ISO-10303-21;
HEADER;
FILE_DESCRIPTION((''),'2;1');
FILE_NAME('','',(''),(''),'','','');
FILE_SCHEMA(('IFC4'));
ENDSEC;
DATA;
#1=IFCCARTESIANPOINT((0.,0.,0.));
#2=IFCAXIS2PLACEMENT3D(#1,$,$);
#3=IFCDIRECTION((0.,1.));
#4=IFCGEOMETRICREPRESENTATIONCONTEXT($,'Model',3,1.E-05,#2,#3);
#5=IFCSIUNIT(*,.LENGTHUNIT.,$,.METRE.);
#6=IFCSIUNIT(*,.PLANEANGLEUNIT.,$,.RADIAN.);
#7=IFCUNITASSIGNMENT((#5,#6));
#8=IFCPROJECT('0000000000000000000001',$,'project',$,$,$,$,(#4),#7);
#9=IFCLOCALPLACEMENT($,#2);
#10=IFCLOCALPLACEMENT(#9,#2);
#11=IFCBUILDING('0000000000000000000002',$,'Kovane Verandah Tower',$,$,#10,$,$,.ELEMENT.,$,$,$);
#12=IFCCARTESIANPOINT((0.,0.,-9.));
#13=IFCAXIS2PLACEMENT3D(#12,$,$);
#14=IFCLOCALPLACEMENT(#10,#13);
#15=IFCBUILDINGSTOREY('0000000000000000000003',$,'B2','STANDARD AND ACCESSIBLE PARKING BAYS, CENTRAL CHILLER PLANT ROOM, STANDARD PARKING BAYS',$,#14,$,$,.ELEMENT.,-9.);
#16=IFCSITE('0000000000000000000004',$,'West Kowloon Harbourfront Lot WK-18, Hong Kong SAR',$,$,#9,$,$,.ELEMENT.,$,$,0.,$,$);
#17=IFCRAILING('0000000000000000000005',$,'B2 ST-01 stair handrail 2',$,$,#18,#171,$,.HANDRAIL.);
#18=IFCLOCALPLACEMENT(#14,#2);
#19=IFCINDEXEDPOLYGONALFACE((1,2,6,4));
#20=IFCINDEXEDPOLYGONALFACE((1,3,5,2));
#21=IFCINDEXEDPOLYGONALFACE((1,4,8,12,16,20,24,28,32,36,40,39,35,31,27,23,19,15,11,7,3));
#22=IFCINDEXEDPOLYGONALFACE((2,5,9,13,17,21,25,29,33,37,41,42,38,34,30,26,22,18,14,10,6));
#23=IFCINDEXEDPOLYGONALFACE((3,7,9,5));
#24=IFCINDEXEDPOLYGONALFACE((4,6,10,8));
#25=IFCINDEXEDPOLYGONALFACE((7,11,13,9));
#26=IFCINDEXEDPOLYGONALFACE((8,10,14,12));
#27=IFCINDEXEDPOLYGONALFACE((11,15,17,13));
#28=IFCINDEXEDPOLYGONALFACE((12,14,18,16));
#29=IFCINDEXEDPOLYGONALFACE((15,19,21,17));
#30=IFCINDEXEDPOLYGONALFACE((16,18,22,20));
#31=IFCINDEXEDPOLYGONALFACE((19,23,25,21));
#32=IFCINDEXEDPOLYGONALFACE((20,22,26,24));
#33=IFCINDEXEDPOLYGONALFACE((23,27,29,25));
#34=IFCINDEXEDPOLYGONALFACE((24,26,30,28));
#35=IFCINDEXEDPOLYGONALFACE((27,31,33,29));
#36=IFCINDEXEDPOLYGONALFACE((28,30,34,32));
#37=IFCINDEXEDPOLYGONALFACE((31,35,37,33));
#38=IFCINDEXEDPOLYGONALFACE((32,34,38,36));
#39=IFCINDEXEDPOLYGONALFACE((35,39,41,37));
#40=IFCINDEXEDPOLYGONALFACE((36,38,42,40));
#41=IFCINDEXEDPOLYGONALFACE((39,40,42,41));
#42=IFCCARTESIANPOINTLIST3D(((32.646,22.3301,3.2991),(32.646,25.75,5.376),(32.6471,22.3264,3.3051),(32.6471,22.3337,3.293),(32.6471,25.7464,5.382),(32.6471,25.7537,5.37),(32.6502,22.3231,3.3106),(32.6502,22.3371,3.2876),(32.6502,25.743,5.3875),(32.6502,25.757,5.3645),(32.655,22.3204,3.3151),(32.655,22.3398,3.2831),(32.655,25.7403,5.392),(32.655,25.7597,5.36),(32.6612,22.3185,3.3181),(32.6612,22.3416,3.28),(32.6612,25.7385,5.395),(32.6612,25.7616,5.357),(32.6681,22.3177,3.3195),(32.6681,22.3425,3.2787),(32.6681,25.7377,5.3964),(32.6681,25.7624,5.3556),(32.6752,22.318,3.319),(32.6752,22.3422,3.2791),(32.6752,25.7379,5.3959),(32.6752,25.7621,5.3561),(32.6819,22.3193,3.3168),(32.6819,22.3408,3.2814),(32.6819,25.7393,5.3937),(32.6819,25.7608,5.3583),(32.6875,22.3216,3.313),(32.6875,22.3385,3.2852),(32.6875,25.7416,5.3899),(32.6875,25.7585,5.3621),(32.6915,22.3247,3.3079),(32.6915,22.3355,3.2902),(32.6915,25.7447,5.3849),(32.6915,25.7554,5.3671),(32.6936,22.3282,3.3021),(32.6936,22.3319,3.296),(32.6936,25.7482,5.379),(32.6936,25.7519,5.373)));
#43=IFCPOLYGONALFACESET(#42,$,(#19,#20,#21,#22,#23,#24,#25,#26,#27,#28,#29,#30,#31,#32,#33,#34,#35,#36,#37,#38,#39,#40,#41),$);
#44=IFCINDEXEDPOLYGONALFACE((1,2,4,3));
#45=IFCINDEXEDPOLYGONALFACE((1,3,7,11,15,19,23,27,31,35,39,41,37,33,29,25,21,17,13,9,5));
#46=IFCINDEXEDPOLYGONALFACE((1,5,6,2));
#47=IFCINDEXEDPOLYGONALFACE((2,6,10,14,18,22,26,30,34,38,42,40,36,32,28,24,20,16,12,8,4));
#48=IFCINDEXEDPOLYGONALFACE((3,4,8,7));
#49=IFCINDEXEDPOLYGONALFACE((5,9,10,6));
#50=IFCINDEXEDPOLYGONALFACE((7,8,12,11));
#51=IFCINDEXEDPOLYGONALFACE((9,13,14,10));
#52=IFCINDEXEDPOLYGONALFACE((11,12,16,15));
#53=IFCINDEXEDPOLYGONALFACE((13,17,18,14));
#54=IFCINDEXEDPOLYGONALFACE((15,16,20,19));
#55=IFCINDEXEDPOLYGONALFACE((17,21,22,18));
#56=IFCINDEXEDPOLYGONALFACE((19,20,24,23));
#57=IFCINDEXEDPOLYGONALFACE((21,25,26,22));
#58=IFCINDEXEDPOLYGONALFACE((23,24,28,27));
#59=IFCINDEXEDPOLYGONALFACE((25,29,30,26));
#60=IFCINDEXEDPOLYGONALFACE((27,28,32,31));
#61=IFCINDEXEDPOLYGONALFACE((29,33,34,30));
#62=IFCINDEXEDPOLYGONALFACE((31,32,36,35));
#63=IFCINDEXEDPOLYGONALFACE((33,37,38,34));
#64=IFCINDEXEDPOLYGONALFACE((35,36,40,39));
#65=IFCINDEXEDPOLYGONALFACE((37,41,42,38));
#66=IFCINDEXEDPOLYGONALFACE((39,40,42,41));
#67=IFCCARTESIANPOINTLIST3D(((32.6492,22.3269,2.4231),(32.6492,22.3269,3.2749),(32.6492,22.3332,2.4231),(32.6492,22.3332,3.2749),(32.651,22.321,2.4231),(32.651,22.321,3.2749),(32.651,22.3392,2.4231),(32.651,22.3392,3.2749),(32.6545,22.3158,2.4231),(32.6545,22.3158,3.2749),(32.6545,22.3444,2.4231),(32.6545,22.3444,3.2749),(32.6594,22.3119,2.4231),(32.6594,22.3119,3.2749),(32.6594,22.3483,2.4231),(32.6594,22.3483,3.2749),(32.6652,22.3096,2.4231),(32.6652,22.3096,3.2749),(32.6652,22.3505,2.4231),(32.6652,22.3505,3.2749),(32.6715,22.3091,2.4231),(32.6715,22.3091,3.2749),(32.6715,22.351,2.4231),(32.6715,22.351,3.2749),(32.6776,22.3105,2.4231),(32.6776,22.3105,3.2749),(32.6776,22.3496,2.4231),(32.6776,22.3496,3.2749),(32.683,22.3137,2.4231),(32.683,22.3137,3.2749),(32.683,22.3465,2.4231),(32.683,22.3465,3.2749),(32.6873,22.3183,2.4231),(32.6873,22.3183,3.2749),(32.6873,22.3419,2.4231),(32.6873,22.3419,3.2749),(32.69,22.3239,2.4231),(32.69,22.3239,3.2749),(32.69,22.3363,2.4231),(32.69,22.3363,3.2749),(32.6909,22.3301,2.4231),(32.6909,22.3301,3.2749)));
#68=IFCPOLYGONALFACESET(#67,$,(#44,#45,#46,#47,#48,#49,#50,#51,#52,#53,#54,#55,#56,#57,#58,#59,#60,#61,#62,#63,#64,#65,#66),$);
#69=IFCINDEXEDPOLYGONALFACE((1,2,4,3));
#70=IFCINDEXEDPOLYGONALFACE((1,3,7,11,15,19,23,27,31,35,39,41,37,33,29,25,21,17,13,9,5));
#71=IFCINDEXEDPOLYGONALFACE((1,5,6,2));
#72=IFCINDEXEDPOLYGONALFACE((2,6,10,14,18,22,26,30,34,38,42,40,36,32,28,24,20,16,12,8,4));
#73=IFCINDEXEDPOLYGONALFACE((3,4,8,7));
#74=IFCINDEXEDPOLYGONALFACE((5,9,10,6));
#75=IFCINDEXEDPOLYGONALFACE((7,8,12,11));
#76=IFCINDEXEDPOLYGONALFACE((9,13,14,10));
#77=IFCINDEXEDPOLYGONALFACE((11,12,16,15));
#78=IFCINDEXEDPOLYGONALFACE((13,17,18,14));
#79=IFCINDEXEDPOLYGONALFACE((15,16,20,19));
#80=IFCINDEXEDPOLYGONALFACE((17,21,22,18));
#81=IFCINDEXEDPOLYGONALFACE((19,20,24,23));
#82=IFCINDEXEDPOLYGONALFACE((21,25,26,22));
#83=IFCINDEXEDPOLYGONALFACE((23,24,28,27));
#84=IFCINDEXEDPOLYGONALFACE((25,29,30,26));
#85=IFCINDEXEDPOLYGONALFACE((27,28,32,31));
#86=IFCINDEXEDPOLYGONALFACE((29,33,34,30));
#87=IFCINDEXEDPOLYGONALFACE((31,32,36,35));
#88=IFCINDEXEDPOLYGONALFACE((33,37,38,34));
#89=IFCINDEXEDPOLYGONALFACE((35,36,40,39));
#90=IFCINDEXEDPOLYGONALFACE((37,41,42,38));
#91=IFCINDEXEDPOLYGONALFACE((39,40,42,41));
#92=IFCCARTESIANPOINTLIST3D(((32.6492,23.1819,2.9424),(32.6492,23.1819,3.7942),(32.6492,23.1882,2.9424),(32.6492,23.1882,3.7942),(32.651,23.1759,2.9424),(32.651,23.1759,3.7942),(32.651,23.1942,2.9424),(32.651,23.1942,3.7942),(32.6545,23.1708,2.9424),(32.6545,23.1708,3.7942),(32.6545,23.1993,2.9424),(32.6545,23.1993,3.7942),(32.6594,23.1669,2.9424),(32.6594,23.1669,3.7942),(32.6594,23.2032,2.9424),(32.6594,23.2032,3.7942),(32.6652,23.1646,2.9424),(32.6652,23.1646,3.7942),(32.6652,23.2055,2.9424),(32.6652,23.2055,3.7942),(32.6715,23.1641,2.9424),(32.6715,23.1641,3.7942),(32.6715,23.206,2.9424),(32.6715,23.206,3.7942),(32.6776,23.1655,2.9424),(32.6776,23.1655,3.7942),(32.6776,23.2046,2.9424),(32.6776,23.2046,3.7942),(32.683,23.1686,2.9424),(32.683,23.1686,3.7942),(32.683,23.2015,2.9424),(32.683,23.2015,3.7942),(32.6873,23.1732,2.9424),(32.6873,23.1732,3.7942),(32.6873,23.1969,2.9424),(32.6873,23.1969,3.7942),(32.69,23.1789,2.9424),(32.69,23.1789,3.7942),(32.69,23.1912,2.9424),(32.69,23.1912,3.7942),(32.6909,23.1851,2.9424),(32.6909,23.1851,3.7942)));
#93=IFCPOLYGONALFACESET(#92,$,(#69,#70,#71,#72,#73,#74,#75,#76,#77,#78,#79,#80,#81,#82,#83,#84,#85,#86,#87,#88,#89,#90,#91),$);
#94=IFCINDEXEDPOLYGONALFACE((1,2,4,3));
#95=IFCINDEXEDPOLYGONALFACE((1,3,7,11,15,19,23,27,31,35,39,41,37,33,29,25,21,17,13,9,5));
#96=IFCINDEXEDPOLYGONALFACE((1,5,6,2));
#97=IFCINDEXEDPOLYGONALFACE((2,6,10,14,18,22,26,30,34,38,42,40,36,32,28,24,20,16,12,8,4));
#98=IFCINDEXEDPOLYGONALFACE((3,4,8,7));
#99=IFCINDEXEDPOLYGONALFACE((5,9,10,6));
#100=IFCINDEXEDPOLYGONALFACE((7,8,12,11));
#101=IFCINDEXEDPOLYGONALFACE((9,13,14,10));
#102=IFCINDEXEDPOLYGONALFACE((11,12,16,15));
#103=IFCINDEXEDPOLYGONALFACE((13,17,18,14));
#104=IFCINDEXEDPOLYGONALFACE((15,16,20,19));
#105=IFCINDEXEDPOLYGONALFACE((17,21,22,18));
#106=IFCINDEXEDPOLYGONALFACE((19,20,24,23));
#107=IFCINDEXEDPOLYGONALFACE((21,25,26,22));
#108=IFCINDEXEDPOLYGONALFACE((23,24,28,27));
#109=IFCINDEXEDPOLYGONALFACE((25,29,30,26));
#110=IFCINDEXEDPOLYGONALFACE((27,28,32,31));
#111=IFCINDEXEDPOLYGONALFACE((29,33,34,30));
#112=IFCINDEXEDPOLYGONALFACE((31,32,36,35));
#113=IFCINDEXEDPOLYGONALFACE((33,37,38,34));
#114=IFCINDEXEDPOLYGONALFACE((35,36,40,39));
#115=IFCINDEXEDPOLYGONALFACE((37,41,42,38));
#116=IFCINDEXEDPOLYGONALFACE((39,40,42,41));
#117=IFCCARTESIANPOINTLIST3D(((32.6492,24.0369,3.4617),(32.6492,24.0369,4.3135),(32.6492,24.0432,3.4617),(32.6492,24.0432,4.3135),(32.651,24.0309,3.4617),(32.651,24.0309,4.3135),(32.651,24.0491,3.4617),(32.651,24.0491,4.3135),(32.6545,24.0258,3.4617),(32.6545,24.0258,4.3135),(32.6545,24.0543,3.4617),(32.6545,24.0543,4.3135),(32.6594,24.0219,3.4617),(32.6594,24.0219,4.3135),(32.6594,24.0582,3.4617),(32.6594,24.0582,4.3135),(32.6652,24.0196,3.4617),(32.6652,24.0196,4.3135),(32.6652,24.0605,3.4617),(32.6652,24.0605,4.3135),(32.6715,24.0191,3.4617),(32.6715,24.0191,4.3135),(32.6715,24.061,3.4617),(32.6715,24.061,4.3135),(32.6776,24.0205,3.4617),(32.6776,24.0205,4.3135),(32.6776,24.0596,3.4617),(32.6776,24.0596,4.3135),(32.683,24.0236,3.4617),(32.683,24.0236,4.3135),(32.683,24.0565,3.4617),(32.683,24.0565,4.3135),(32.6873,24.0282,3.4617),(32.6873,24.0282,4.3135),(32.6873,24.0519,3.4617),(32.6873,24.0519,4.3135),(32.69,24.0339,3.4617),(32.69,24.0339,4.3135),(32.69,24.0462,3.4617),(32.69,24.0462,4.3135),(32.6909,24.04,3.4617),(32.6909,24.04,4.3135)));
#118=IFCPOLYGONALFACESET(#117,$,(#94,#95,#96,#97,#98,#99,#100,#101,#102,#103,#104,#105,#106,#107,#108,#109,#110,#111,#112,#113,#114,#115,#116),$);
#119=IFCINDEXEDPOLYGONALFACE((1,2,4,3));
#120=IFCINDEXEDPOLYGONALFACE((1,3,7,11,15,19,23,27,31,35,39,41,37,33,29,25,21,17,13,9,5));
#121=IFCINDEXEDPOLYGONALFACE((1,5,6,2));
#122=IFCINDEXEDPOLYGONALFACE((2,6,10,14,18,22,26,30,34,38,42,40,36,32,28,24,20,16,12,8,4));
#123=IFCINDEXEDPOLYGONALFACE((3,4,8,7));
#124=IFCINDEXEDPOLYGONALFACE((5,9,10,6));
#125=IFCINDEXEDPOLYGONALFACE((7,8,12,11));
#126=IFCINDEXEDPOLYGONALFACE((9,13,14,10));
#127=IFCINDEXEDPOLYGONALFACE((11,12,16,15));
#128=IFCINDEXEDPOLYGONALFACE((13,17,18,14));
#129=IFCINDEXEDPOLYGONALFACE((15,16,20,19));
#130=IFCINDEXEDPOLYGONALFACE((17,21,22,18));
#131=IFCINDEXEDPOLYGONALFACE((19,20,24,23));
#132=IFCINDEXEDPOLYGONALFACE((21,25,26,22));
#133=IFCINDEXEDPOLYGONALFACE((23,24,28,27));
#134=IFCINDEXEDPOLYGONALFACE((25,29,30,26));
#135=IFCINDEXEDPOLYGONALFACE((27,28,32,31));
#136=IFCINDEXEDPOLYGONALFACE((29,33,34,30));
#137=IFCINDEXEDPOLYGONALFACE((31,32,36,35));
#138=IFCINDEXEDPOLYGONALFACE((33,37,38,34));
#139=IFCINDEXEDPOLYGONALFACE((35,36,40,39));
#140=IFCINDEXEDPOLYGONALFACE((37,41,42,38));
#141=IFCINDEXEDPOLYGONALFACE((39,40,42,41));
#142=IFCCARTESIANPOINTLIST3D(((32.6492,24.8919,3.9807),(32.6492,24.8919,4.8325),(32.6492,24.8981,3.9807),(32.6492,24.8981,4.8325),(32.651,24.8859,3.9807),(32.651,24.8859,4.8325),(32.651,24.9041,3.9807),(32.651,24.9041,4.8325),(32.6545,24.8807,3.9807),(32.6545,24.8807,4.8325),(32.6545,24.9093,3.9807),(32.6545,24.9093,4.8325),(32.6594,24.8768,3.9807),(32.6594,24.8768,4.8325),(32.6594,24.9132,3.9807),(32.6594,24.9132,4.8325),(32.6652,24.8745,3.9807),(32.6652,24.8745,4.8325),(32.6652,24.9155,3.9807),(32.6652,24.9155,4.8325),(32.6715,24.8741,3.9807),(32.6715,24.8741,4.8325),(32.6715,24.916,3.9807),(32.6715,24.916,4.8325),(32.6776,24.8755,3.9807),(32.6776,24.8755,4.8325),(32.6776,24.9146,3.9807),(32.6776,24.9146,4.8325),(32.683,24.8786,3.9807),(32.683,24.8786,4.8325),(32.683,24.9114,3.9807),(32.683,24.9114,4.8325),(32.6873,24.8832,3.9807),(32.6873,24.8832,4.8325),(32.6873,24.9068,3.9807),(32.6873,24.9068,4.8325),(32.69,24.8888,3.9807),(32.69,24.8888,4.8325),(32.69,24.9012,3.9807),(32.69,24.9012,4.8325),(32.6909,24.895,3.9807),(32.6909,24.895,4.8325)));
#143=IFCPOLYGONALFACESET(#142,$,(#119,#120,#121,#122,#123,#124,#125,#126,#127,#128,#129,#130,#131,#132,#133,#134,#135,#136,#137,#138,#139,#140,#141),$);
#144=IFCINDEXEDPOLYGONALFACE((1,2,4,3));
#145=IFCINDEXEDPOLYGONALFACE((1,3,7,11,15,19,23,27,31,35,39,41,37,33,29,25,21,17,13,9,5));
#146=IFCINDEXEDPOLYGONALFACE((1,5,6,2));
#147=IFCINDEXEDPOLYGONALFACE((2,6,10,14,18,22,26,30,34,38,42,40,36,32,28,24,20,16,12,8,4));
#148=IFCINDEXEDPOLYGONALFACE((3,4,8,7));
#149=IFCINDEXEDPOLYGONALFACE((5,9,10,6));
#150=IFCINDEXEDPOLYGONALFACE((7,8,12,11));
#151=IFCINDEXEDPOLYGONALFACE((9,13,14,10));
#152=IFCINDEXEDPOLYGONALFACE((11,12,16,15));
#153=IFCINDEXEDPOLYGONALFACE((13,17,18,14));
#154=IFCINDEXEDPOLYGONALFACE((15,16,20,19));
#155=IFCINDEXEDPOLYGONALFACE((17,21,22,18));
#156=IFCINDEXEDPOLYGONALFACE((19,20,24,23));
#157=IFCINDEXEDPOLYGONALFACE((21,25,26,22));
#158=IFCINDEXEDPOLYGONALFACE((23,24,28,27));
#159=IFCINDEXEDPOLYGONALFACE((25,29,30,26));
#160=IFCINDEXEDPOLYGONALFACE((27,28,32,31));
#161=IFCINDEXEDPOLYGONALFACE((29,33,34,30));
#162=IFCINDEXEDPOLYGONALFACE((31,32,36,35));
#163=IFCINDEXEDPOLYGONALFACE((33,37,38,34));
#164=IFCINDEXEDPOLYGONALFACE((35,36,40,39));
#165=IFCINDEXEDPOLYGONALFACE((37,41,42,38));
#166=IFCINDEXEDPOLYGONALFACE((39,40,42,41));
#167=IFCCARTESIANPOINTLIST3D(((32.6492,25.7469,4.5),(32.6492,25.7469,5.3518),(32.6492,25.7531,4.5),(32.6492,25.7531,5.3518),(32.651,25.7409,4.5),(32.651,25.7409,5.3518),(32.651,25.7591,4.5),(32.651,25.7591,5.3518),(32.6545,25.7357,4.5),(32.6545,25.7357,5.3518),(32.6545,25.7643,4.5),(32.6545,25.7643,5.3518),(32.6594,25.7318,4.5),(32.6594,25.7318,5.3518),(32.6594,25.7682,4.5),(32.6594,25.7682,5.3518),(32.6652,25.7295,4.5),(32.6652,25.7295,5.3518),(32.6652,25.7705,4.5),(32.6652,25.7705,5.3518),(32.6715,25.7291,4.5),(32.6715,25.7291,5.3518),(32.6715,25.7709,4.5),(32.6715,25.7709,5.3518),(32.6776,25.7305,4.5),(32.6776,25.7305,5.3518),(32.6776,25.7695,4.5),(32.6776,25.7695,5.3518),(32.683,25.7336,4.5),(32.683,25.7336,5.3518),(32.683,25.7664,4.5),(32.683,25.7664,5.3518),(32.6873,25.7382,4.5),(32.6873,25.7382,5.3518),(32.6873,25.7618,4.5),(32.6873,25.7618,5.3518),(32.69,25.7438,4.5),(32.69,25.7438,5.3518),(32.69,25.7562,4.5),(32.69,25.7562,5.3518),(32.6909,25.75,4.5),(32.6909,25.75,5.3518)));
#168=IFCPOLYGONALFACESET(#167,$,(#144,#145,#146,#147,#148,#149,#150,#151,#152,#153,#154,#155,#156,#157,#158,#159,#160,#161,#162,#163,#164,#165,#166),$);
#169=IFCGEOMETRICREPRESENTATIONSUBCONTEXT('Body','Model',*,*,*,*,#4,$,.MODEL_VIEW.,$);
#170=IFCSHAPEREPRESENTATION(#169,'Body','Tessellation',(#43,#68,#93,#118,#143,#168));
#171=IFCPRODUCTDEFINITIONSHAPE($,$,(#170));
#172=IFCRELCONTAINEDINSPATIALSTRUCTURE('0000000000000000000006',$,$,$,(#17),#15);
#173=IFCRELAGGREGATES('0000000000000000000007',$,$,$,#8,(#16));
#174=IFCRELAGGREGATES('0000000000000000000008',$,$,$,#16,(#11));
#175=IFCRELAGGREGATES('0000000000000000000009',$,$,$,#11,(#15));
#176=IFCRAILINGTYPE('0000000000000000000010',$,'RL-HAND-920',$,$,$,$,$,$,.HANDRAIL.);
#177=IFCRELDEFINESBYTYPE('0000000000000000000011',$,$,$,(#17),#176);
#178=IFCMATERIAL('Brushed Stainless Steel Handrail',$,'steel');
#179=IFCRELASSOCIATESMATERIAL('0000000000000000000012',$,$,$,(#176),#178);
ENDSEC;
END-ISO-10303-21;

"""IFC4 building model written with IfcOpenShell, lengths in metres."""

from ifc_helpers import new_model, si_unit, direction, frame, origin, origin_2d, place, context, subcontext, project, spatial, circle, extrude, material, type_object, element, save


model = new_model("IFC4")

# Units and contexts
model_context = context("Model", 3, precision=1e-05, world=origin(), true_north=direction((0.0, 1.0)))
body_context = subcontext(model_context, "Body", "Model", "MODEL_VIEW")
ifc_project = project(units=[si_unit("LENGTHUNIT", "METRE"), si_unit("PLANEANGLEUNIT", "RADIAN")], contexts=[model_context])

# Site, building, storey
site_placement = place(None, origin())
site = spatial("IfcSite", under=ifc_project, at=site_placement, Name="West Kowloon Harbourfront Lot WK-18, Hong Kong SAR", CompositionType="ELEMENT", RefElevation=0.0)
building_placement = place(site_placement, origin())
building = spatial("IfcBuilding", under=site, at=building_placement, Name="Kovane Verandah Tower", CompositionType="ELEMENT")
storey_placement = place(building_placement, frame((0.0, 0.0, -9.0)))
storey = spatial("IfcBuildingStorey", under=building, at=storey_placement, Name="B2", Description="STANDARD AND ACCESSIBLE PARKING BAYS, CENTRAL CHILLER PLANT ROOM, STANDARD PARKING BAYS", CompositionType="ELEMENT", Elevation=-9.0)

# Railing
ifc_material_1 = material(Name="Brushed Stainless Steel Handrail", Category="steel")
railing_type_1 = type_object("IfcRailingType", Name="RL-HAND-920", PredefinedType="HANDRAIL", material=ifc_material_1)
railing_1_placement = place(storey_placement, frame((32.6699, 22.3301, 2.4231)))
element("IfcRailing", 1, at=railing_1_placement, inside=storey, type_object=railing_type_1, Name="B2 ST-01 stair handrail 2", PredefinedType="HANDRAIL", context=body_context, shape_type="SweptSolid", body=[
    extrude(circle(Radius=0.0239, at=origin_2d()), frame((0.0, 0.0, 0.876), z_axis=(0.0, 0.85473, 0.519074), x_axis=(-1.0, 0.0, 0.0)), (0.0, 0.0, 1.0), 4.0012),
    extrude(circle(Radius=0.021, at=origin_2d()), origin(), (0.0, 0.0, 1.0), 0.8518),
    extrude(circle(Radius=0.021, at=origin_2d()), frame((0.0, 0.855, 0.5193)), (0.0, 0.0, 1.0), 0.8518),
    extrude(circle(Radius=0.021, at=origin_2d()), frame((0.0, 1.71, 1.0386)), (0.0, 0.0, 1.0), 0.8518),
    extrude(circle(Radius=0.021, at=origin_2d()), frame((0.0, 2.5649, 1.5576)), (0.0, 0.0, 1.0), 0.8518),
    extrude(circle(Radius=0.021, at=origin_2d()), frame((0.0, 3.4199, 2.0769)), (0.0, 0.0, 1.0), 0.8518),
])

save(model, "model.ifc")
